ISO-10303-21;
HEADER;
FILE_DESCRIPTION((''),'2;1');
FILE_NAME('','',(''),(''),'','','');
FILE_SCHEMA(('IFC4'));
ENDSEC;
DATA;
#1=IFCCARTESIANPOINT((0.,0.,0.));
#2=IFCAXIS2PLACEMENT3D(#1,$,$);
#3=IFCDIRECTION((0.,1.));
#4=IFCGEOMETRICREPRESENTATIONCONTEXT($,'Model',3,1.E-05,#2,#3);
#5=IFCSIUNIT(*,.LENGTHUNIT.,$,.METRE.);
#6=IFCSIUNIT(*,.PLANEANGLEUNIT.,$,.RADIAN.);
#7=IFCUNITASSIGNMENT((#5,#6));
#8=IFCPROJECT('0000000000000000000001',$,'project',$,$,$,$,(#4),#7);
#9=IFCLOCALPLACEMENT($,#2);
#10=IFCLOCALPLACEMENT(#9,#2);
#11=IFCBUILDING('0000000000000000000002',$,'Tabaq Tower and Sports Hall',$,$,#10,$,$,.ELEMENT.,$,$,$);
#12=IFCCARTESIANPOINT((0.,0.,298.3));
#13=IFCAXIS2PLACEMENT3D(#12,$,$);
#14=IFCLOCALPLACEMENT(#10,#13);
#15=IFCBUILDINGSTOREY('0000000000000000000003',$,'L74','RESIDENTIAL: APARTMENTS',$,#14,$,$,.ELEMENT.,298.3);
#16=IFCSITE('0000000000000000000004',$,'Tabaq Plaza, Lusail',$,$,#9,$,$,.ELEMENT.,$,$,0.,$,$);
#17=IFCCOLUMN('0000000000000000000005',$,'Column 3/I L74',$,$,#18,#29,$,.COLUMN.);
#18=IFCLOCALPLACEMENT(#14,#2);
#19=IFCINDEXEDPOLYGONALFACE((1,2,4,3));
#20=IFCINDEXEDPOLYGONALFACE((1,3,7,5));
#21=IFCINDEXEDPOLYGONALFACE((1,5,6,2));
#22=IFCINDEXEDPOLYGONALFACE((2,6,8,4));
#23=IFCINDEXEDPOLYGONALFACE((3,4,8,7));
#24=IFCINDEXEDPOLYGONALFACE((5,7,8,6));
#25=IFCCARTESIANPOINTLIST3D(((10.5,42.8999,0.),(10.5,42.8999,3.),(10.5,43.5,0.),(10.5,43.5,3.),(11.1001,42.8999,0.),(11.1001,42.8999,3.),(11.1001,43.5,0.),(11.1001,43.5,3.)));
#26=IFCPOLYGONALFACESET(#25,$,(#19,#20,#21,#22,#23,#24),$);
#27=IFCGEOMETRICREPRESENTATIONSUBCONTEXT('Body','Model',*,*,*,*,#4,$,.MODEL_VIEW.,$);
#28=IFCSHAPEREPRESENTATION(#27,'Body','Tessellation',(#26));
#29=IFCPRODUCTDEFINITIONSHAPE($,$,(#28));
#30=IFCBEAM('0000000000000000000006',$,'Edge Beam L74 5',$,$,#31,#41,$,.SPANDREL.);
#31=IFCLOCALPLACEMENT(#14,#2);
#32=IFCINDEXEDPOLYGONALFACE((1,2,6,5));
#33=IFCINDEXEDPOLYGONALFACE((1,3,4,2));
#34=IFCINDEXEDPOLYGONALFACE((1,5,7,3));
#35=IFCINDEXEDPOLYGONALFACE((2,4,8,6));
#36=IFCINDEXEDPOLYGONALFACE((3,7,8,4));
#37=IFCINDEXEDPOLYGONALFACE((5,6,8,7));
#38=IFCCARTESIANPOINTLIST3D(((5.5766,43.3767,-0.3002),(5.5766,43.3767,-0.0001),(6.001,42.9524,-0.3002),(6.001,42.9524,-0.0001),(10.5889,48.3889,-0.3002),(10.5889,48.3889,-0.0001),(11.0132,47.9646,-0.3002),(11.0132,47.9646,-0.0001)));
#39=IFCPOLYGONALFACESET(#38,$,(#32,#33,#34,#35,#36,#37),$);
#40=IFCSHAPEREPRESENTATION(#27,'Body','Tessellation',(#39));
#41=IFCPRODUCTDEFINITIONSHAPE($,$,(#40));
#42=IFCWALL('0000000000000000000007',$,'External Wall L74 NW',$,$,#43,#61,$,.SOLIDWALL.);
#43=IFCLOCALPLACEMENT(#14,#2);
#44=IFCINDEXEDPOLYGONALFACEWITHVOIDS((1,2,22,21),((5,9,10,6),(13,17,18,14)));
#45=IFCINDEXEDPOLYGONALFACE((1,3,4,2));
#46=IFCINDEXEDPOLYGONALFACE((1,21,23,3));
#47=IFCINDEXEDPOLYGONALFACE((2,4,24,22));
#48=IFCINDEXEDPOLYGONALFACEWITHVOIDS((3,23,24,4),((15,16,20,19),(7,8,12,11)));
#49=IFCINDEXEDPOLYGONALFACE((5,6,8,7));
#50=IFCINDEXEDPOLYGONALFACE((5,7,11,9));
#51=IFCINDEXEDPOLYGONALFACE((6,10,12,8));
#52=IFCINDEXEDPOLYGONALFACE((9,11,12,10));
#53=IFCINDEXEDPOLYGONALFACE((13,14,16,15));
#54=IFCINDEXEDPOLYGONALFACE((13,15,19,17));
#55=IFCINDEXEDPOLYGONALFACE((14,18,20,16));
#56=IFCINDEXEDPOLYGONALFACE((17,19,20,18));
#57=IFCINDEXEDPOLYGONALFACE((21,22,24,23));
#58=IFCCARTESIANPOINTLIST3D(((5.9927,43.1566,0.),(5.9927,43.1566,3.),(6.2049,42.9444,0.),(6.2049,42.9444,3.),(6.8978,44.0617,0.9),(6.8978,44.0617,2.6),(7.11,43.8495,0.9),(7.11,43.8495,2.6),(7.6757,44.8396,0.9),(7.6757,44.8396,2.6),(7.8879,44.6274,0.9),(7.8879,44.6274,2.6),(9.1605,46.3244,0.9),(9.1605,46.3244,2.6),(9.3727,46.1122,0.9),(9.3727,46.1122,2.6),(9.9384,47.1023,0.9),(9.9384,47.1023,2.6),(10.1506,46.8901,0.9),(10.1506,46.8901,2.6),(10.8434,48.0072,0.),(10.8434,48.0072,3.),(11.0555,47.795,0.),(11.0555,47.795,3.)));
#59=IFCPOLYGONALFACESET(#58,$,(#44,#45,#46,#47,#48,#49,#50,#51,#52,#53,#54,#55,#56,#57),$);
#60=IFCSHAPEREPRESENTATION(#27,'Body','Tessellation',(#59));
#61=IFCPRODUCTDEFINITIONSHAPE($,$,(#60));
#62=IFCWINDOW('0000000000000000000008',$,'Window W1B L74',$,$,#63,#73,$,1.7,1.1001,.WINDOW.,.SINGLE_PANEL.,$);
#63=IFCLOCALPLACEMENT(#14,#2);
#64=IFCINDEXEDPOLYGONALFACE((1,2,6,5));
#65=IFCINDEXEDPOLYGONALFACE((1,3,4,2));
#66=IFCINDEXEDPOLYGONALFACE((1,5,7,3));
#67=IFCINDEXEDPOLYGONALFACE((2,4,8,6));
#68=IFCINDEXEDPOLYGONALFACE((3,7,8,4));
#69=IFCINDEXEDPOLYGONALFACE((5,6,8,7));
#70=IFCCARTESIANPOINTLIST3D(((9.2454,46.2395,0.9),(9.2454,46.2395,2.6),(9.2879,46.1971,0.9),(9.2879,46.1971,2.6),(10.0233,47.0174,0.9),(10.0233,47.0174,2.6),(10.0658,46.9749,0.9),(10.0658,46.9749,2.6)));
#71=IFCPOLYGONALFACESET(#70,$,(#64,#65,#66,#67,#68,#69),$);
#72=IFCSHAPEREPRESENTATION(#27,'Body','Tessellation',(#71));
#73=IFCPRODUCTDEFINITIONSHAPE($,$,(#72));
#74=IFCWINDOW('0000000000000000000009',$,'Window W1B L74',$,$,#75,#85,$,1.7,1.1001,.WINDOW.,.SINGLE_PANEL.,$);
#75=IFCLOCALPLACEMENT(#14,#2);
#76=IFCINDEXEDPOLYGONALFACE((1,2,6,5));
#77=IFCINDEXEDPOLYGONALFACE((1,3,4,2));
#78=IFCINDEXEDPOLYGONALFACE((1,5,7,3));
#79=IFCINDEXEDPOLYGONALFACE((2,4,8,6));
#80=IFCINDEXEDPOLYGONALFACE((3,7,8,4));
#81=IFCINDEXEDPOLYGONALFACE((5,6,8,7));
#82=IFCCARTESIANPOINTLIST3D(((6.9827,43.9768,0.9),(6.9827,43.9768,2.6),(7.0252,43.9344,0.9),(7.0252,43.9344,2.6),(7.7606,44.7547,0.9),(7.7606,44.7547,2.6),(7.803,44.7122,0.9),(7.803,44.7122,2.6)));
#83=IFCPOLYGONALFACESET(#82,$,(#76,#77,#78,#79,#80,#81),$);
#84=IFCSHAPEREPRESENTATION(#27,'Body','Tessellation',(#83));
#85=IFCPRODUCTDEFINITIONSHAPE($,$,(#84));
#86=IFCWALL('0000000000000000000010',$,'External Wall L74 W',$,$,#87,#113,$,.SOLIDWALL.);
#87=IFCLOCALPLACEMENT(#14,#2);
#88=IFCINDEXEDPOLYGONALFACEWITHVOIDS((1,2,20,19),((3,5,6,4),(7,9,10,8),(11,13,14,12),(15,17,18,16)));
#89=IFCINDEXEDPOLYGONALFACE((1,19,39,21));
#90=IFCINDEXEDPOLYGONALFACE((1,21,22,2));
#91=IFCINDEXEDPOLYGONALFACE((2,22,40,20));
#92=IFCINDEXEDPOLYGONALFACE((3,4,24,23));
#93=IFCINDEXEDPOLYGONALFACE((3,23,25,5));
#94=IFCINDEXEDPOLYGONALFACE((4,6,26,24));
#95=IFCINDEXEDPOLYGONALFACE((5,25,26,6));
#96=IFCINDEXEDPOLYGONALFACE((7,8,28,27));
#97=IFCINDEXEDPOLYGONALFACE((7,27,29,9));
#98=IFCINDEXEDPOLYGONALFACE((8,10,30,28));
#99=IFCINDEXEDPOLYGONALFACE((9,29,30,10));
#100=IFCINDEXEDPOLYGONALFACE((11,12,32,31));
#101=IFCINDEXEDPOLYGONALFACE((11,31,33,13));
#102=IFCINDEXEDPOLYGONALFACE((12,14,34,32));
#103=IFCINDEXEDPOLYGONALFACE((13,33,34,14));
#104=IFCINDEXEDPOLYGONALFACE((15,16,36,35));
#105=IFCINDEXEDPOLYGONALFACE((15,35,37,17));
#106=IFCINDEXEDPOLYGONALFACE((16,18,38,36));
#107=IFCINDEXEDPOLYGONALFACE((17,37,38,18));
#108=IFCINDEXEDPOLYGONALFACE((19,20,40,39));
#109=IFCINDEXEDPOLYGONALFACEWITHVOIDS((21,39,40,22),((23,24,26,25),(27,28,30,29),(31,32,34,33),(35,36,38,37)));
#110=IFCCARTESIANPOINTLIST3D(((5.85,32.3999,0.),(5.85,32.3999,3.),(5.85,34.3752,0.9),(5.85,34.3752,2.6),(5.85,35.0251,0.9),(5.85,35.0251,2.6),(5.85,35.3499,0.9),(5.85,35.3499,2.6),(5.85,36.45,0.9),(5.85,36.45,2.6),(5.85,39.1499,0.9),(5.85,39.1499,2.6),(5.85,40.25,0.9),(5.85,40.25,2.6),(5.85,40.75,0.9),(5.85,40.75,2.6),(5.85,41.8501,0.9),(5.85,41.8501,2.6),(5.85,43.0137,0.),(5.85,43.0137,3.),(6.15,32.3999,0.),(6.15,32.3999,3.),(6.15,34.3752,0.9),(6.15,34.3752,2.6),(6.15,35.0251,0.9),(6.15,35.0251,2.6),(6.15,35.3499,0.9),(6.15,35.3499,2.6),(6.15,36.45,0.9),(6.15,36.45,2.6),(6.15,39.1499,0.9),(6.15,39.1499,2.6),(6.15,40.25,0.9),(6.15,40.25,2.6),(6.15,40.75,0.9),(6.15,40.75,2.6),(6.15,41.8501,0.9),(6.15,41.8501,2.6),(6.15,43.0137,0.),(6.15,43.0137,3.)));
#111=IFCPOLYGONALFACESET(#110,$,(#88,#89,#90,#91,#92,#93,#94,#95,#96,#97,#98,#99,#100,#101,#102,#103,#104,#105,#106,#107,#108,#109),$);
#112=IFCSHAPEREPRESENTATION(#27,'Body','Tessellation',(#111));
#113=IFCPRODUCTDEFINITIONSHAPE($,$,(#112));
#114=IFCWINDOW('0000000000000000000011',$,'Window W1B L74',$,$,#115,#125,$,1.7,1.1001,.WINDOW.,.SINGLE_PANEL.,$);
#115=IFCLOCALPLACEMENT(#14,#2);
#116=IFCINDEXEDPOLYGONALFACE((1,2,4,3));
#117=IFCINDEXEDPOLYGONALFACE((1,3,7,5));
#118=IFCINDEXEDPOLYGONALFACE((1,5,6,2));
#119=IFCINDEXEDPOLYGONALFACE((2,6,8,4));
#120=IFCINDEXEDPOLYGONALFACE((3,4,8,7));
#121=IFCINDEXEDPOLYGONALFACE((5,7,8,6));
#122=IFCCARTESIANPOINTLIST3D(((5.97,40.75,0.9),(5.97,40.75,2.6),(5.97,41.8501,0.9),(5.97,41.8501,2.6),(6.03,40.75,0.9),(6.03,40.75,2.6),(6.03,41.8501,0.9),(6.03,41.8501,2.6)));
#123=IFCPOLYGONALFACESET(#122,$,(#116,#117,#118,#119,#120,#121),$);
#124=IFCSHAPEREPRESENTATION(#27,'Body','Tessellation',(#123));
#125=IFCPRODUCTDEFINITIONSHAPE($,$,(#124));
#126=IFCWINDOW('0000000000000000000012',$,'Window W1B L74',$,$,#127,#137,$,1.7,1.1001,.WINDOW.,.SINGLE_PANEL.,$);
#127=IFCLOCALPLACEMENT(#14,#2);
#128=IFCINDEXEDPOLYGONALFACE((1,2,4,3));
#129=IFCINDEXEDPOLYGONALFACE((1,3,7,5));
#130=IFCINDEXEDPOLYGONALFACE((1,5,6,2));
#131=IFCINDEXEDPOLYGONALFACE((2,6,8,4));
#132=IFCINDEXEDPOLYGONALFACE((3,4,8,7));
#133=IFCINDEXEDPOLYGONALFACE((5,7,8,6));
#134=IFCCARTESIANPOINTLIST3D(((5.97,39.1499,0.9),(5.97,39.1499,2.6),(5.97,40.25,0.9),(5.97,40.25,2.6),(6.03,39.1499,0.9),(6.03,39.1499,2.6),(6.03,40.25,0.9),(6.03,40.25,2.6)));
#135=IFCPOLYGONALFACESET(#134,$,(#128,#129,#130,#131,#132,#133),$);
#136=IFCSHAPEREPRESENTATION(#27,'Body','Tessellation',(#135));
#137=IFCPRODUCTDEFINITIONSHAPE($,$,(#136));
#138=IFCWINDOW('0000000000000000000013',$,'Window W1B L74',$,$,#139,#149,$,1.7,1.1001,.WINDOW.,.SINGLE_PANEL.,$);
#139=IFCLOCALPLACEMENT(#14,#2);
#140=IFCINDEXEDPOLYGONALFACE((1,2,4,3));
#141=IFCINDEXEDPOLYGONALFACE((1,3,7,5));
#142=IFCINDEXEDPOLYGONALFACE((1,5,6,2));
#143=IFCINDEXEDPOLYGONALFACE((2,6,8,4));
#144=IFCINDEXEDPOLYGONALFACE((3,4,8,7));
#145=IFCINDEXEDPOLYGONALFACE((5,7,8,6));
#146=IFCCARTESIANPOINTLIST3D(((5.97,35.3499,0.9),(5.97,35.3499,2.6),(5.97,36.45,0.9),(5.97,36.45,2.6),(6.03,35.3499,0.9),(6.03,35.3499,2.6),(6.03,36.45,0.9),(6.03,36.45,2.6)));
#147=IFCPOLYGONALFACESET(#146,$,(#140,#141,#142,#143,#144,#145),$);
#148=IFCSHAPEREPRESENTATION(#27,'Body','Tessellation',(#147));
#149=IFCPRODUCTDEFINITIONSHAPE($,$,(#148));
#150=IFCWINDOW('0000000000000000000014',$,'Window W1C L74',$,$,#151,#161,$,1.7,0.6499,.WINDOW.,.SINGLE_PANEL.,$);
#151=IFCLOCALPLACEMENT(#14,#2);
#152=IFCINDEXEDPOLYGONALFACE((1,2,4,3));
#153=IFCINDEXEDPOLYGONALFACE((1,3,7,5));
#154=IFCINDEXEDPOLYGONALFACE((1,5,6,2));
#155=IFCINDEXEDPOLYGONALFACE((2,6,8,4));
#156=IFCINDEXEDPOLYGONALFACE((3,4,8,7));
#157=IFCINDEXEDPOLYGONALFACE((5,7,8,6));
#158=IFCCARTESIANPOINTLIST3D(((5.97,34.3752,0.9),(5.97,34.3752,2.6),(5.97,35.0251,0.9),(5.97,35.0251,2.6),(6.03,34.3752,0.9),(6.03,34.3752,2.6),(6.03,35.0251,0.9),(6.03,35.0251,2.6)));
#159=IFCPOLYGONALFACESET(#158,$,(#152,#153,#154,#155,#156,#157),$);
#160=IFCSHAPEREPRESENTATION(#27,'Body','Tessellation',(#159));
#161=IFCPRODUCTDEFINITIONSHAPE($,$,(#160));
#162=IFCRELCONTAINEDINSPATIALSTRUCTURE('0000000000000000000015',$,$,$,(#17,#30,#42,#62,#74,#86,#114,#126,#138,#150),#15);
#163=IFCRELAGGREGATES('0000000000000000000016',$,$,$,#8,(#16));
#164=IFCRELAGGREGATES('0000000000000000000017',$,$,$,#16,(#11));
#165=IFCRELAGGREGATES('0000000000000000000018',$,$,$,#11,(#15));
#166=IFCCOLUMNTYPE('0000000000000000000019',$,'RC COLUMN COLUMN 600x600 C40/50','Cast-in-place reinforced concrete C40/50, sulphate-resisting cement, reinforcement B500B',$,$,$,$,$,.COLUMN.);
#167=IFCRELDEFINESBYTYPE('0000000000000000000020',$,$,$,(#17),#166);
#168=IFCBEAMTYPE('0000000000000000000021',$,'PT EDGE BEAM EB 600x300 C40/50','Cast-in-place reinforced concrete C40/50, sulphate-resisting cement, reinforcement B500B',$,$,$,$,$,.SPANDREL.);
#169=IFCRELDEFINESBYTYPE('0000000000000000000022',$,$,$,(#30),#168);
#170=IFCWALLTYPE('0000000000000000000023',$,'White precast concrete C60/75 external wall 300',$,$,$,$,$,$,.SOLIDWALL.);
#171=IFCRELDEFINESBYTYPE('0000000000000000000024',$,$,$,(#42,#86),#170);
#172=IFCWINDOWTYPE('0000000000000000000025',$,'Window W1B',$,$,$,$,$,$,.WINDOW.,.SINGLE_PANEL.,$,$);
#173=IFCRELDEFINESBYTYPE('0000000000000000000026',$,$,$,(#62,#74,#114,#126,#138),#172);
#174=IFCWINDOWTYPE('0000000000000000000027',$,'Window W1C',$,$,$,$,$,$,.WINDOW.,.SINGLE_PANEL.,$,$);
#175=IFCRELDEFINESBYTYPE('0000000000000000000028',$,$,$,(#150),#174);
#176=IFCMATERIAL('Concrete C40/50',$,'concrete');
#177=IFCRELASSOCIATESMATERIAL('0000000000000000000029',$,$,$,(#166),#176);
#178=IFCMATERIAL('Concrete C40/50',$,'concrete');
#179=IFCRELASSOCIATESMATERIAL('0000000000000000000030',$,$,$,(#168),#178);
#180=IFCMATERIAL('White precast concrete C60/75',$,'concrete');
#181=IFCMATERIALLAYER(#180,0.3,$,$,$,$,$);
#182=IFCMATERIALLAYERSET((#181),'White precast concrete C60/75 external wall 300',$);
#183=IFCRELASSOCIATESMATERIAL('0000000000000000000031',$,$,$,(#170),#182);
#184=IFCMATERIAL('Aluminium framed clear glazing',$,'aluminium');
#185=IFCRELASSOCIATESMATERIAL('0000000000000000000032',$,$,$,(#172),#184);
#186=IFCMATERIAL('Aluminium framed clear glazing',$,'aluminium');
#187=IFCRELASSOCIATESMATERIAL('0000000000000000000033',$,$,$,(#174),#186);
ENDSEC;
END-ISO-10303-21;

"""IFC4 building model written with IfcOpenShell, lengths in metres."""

from ifc_helpers import new_model, si_unit, direction, frame, frame_2d, origin, origin_2d, place, context, subcontext, project, spatial, rectangle, extrude, material, layer, layer_set, material_profile, profile_set, type_object, element, fill, save


model = new_model("IFC4")

# Units and contexts
model_context = context("Model", 3, precision=1e-05, world=origin(), true_north=direction((0.0, 1.0)))
body_context = subcontext(model_context, "Body", "Model", "MODEL_VIEW")
ifc_project = project(units=[si_unit("LENGTHUNIT", "METRE"), si_unit("PLANEANGLEUNIT", "RADIAN")], contexts=[model_context])

# Site, building, storey
site_placement = place(None, origin())
site = spatial("IfcSite", under=ifc_project, at=site_placement, Name="Tabaq Plaza, Lusail", CompositionType="ELEMENT", RefElevation=0.0)
building_placement = place(site_placement, origin())
building = spatial("IfcBuilding", under=site, at=building_placement, Name="Tabaq Tower and Sports Hall", CompositionType="ELEMENT")
storey_placement = place(building_placement, frame((0.0, 0.0, 298.3)))
storey = spatial("IfcBuildingStorey", under=building, at=storey_placement, Name="L74", Description="RESIDENTIAL: APARTMENTS", CompositionType="ELEMENT", Elevation=298.3)

# Column
ifc_material_1 = material(Name="Concrete C40/50", Category="concrete")
ifc_material_profile_1 = material_profile(ifc_material_1, rectangle(XDim=0.6001, YDim=0.6001, at=origin_2d()), Name="COLUMN 600x600")
ifc_profile_set_1 = profile_set([ifc_material_profile_1], Name="Concrete C40/50")
column_type = type_object("IfcColumnType", Name="RC COLUMN COLUMN 600x600 C40/50", Description="Cast-in-place reinforced concrete C40/50, sulphate-resisting cement, reinforcement B500B", PredefinedType="COLUMN", material=ifc_profile_set_1)
column_placement = place(storey_placement, frame((10.8, 43.2, 0.0), z_axis=(0.0, 0.0, 1.0), x_axis=(1.0, 0.0, 0.0)))
element("IfcColumn", 1, at=column_placement, inside=storey, type_object=column_type, Name="Column 3/I L74", PredefinedType="COLUMN", context=body_context, shape_type="SweptSolid", body=[
    extrude(rectangle(XDim=0.6001, YDim=0.6001, at=origin_2d()), origin(), (0.0, 0.0, 1.0), 3.0),
])

# Beam
ifc_material_2 = material(Name="Concrete C40/50", Category="concrete")
ifc_material_profile_2 = material_profile(ifc_material_2, rectangle(XDim=0.6001, YDim=0.3, at=origin_2d()), Name="EB 600x300")
ifc_profile_set_2 = profile_set([ifc_material_profile_2], Name="Concrete C40/50")
beam_type = type_object("IfcBeamType", Name="PT EDGE BEAM EB 600x300 C40/50", Description="Cast-in-place reinforced concrete C40/50, sulphate-resisting cement, reinforcement B500B", PredefinedType="SPANDREL", material=ifc_profile_set_2)
beam_placement = place(storey_placement, frame((10.801, 48.1768, -0.1501), z_axis=(-0.707107, -0.707107, 0.0), x_axis=(0.707107, -0.707107, 0.0)))
element("IfcBeam", 2, at=beam_placement, inside=storey, type_object=beam_type, Name="Edge Beam L74 5", PredefinedType="SPANDREL", context=body_context, shape_type="SweptSolid", body=[
    extrude(rectangle(XDim=0.6001, YDim=0.3, at=origin_2d()), origin(), (0.0, 0.0, 1.0), 7.0884),
])

# Walls, openings, windows
ifc_material_3 = material(Name="White precast concrete C60/75", Category="concrete")
ifc_layer_1 = layer(ifc_material_3, 0.3)
ifc_layer_set_1 = layer_set([ifc_layer_1], Name="White precast concrete C60/75 external wall 300")
wall_type = type_object("IfcWallType", Name="White precast concrete C60/75 external wall 300", PredefinedType="SOLIDWALL", material=ifc_layer_set_1)
wall_1_placement = place(storey_placement, frame((10.9495, 47.9011, 0.0), z_axis=(0.0, 0.0, 1.0), x_axis=(-0.707107, -0.707107, 0.0)))
wall_1 = element("IfcWall", 3, at=wall_1_placement, inside=storey, type_object=wall_type, Name="External Wall L74 NW", PredefinedType="SOLIDWALL", context=body_context, shape_type="SweptSolid", body=[
    extrude(rectangle(XDim=6.8599, YDim=0.3, at=frame_2d((3.4299, 0.0))), origin(), (0.0, 0.0, 1.0), 3.0),
])
opening_1_placement = place(wall_1_placement, frame((1.2798, 0.0, 0.8999)))
opening_1 = element("IfcOpeningElement", 4, at=opening_1_placement, cuts=wall_1, PredefinedType="OPENING", context=body_context, shape_type="SweptSolid", body=[
    extrude(rectangle(XDim=1.1001, YDim=1.7, at=frame_2d((0.55, 0.8501))), frame((0.0, 0.1602, 0.0), z_axis=(0.0, -1.0, 0.0), x_axis=(1.0, 0.0, 0.0)), (0.0, 0.0, 1.0), 0.3201),
])
opening_2_placement = place(wall_1_placement, frame((4.4797, 0.0, 0.8999)))
opening_2 = element("IfcOpeningElement", 5, at=opening_2_placement, cuts=wall_1, PredefinedType="OPENING", context=body_context, shape_type="SweptSolid", body=[
    extrude(rectangle(XDim=1.1001, YDim=1.7, at=frame_2d((0.55, 0.8501))), frame((0.0, 0.1602, 0.0), z_axis=(0.0, -1.0, 0.0), x_axis=(1.0, 0.0, 0.0)), (0.0, 0.0, 1.0), 0.3201),
])
ifc_material_4 = material(Name="Aluminium framed clear glazing", Category="aluminium")
window_type_1 = type_object("IfcWindowType", Name="Window W1B", PartitioningType="SINGLE_PANEL", PredefinedType="WINDOW", material=ifc_material_4)
window_1_placement = place(opening_1_placement, origin())
window_1 = element("IfcWindow", 6, at=window_1_placement, inside=storey, type_object=window_type_1, Name="Window W1B L74", OverallHeight=1.7, OverallWidth=1.1001, PartitioningType="SINGLE_PANEL", PredefinedType="WINDOW", context=body_context, shape_type="SweptSolid", body=[
    extrude(rectangle(XDim=1.1001, YDim=1.7, at=frame_2d((0.55, 0.8501))), frame((0.0, 0.03, 0.0), z_axis=(0.0, -1.0, 0.0), x_axis=(1.0, 0.0, 0.0)), (0.0, 0.0, 1.0), 0.0601),
])
fill(opening_1, window_1)
window_2_placement = place(opening_2_placement, origin())
window_2 = element("IfcWindow", 7, at=window_2_placement, inside=storey, type_object=window_type_1, Name="Window W1B L74", OverallHeight=1.7, OverallWidth=1.1001, PartitioningType="SINGLE_PANEL", PredefinedType="WINDOW", context=body_context, shape_type="SweptSolid", body=[
    extrude(rectangle(XDim=1.1001, YDim=1.7, at=frame_2d((0.55, 0.8501))), frame((0.0, 0.03, 0.0), z_axis=(0.0, -1.0, 0.0), x_axis=(1.0, 0.0, 0.0)), (0.0, 0.0, 1.0), 0.0601),
])
fill(opening_2, window_2)
wall_2_placement = place(storey_placement, frame((6.0, 43.0137, 0.0), z_axis=(0.0, 0.0, 1.0), x_axis=(0.0, -1.0, 0.0)))
wall_2 = element("IfcWall", 8, at=wall_2_placement, inside=storey, type_object=wall_type, Name="External Wall L74 W", PredefinedType="SOLIDWALL", context=body_context, shape_type="SweptSolid", body=[
    extrude(rectangle(XDim=10.6138, YDim=0.3, at=frame_2d((5.3069, 0.0))), origin(), (0.0, 0.0, 1.0), 3.0),
])
opening_3_placement = place(wall_2_placement, frame((1.1636, 0.0, 0.8999)))
opening_3 = element("IfcOpeningElement", 9, at=opening_3_placement, cuts=wall_2, PredefinedType="OPENING", context=body_context, shape_type="SweptSolid", body=[
    extrude(rectangle(XDim=1.1001, YDim=1.7, at=frame_2d((0.55, 0.8501))), frame((0.0, 0.1602, 0.0), z_axis=(0.0, -1.0, 0.0), x_axis=(1.0, 0.0, 0.0)), (0.0, 0.0, 1.0), 0.3201),
])
opening_4_placement = place(wall_2_placement, frame((2.7637, 0.0, 0.8999)))
opening_4 = element("IfcOpeningElement", 10, at=opening_4_placement, cuts=wall_2, PredefinedType="OPENING", context=body_context, shape_type="SweptSolid", body=[
    extrude(rectangle(XDim=1.1001, YDim=1.7, at=frame_2d((0.55, 0.8501))), frame((0.0, 0.1602, 0.0), z_axis=(0.0, -1.0, 0.0), x_axis=(1.0, 0.0, 0.0)), (0.0, 0.0, 1.0), 0.3201),
])
opening_5_placement = place(wall_2_placement, frame((6.5637, 0.0, 0.8999)))
opening_5 = element("IfcOpeningElement", 11, at=opening_5_placement, cuts=wall_2, PredefinedType="OPENING", context=body_context, shape_type="SweptSolid", body=[
    extrude(rectangle(XDim=1.1001, YDim=1.7, at=frame_2d((0.55, 0.8501))), frame((0.0, 0.1602, 0.0), z_axis=(0.0, -1.0, 0.0), x_axis=(1.0, 0.0, 0.0)), (0.0, 0.0, 1.0), 0.3201),
])
opening_6_placement = place(wall_2_placement, frame((7.9885, 0.0, 0.8999)))
opening_6 = element("IfcOpeningElement", 12, at=opening_6_placement, cuts=wall_2, PredefinedType="OPENING", context=body_context, shape_type="SweptSolid", body=[
    extrude(rectangle(XDim=0.6499, YDim=1.7, at=frame_2d((0.325, 0.8501))), frame((0.0, 0.1602, 0.0), z_axis=(0.0, -1.0, 0.0), x_axis=(1.0, 0.0, 0.0)), (0.0, 0.0, 1.0), 0.3201),
])
window_3_placement = place(opening_3_placement, origin())
window_3 = element("IfcWindow", 13, at=window_3_placement, inside=storey, type_object=window_type_1, Name="Window W1B L74", OverallHeight=1.7, OverallWidth=1.1001, PartitioningType="SINGLE_PANEL", PredefinedType="WINDOW", context=body_context, shape_type="SweptSolid", body=[
    extrude(rectangle(XDim=1.1001, YDim=1.7, at=frame_2d((0.55, 0.8501))), frame((0.0, 0.03, 0.0), z_axis=(0.0, -1.0, 0.0), x_axis=(1.0, 0.0, 0.0)), (0.0, 0.0, 1.0), 0.0601),
])
fill(opening_3, window_3)
window_4_placement = place(opening_4_placement, origin())
window_4 = element("IfcWindow", 14, at=window_4_placement, inside=storey, type_object=window_type_1, Name="Window W1B L74", OverallHeight=1.7, OverallWidth=1.1001, PartitioningType="SINGLE_PANEL", PredefinedType="WINDOW", context=body_context, shape_type="SweptSolid", body=[
    extrude(rectangle(XDim=1.1001, YDim=1.7, at=frame_2d((0.55, 0.8501))), frame((0.0, 0.03, 0.0), z_axis=(0.0, -1.0, 0.0), x_axis=(1.0, 0.0, 0.0)), (0.0, 0.0, 1.0), 0.0601),
])
fill(opening_4, window_4)
window_5_placement = place(opening_5_placement, origin())
window_5 = element("IfcWindow", 15, at=window_5_placement, inside=storey, type_object=window_type_1, Name="Window W1B L74", OverallHeight=1.7, OverallWidth=1.1001, PartitioningType="SINGLE_PANEL", PredefinedType="WINDOW", context=body_context, shape_type="SweptSolid", body=[
    extrude(rectangle(XDim=1.1001, YDim=1.7, at=frame_2d((0.55, 0.8501))), frame((0.0, 0.03, 0.0), z_axis=(0.0, -1.0, 0.0), x_axis=(1.0, 0.0, 0.0)), (0.0, 0.0, 1.0), 0.0601),
])
fill(opening_5, window_5)
ifc_material_5 = material(Name="Aluminium framed clear glazing", Category="aluminium")
window_type_2 = type_object("IfcWindowType", Name="Window W1C", PartitioningType="SINGLE_PANEL", PredefinedType="WINDOW", material=ifc_material_5)
window_6_placement = place(opening_6_placement, origin())
window_6 = element("IfcWindow", 16, at=window_6_placement, inside=storey, type_object=window_type_2, Name="Window W1C L74", OverallHeight=1.7, OverallWidth=0.6499, PartitioningType="SINGLE_PANEL", PredefinedType="WINDOW", context=body_context, shape_type="SweptSolid", body=[
    extrude(rectangle(XDim=0.6499, YDim=1.7, at=frame_2d((0.325, 0.8501))), frame((0.0, 0.03, 0.0), z_axis=(0.0, -1.0, 0.0), x_axis=(1.0, 0.0, 0.0)), (0.0, 0.0, 1.0), 0.0601),
])
fill(opening_6, window_6)

save(model, "model.ifc")
